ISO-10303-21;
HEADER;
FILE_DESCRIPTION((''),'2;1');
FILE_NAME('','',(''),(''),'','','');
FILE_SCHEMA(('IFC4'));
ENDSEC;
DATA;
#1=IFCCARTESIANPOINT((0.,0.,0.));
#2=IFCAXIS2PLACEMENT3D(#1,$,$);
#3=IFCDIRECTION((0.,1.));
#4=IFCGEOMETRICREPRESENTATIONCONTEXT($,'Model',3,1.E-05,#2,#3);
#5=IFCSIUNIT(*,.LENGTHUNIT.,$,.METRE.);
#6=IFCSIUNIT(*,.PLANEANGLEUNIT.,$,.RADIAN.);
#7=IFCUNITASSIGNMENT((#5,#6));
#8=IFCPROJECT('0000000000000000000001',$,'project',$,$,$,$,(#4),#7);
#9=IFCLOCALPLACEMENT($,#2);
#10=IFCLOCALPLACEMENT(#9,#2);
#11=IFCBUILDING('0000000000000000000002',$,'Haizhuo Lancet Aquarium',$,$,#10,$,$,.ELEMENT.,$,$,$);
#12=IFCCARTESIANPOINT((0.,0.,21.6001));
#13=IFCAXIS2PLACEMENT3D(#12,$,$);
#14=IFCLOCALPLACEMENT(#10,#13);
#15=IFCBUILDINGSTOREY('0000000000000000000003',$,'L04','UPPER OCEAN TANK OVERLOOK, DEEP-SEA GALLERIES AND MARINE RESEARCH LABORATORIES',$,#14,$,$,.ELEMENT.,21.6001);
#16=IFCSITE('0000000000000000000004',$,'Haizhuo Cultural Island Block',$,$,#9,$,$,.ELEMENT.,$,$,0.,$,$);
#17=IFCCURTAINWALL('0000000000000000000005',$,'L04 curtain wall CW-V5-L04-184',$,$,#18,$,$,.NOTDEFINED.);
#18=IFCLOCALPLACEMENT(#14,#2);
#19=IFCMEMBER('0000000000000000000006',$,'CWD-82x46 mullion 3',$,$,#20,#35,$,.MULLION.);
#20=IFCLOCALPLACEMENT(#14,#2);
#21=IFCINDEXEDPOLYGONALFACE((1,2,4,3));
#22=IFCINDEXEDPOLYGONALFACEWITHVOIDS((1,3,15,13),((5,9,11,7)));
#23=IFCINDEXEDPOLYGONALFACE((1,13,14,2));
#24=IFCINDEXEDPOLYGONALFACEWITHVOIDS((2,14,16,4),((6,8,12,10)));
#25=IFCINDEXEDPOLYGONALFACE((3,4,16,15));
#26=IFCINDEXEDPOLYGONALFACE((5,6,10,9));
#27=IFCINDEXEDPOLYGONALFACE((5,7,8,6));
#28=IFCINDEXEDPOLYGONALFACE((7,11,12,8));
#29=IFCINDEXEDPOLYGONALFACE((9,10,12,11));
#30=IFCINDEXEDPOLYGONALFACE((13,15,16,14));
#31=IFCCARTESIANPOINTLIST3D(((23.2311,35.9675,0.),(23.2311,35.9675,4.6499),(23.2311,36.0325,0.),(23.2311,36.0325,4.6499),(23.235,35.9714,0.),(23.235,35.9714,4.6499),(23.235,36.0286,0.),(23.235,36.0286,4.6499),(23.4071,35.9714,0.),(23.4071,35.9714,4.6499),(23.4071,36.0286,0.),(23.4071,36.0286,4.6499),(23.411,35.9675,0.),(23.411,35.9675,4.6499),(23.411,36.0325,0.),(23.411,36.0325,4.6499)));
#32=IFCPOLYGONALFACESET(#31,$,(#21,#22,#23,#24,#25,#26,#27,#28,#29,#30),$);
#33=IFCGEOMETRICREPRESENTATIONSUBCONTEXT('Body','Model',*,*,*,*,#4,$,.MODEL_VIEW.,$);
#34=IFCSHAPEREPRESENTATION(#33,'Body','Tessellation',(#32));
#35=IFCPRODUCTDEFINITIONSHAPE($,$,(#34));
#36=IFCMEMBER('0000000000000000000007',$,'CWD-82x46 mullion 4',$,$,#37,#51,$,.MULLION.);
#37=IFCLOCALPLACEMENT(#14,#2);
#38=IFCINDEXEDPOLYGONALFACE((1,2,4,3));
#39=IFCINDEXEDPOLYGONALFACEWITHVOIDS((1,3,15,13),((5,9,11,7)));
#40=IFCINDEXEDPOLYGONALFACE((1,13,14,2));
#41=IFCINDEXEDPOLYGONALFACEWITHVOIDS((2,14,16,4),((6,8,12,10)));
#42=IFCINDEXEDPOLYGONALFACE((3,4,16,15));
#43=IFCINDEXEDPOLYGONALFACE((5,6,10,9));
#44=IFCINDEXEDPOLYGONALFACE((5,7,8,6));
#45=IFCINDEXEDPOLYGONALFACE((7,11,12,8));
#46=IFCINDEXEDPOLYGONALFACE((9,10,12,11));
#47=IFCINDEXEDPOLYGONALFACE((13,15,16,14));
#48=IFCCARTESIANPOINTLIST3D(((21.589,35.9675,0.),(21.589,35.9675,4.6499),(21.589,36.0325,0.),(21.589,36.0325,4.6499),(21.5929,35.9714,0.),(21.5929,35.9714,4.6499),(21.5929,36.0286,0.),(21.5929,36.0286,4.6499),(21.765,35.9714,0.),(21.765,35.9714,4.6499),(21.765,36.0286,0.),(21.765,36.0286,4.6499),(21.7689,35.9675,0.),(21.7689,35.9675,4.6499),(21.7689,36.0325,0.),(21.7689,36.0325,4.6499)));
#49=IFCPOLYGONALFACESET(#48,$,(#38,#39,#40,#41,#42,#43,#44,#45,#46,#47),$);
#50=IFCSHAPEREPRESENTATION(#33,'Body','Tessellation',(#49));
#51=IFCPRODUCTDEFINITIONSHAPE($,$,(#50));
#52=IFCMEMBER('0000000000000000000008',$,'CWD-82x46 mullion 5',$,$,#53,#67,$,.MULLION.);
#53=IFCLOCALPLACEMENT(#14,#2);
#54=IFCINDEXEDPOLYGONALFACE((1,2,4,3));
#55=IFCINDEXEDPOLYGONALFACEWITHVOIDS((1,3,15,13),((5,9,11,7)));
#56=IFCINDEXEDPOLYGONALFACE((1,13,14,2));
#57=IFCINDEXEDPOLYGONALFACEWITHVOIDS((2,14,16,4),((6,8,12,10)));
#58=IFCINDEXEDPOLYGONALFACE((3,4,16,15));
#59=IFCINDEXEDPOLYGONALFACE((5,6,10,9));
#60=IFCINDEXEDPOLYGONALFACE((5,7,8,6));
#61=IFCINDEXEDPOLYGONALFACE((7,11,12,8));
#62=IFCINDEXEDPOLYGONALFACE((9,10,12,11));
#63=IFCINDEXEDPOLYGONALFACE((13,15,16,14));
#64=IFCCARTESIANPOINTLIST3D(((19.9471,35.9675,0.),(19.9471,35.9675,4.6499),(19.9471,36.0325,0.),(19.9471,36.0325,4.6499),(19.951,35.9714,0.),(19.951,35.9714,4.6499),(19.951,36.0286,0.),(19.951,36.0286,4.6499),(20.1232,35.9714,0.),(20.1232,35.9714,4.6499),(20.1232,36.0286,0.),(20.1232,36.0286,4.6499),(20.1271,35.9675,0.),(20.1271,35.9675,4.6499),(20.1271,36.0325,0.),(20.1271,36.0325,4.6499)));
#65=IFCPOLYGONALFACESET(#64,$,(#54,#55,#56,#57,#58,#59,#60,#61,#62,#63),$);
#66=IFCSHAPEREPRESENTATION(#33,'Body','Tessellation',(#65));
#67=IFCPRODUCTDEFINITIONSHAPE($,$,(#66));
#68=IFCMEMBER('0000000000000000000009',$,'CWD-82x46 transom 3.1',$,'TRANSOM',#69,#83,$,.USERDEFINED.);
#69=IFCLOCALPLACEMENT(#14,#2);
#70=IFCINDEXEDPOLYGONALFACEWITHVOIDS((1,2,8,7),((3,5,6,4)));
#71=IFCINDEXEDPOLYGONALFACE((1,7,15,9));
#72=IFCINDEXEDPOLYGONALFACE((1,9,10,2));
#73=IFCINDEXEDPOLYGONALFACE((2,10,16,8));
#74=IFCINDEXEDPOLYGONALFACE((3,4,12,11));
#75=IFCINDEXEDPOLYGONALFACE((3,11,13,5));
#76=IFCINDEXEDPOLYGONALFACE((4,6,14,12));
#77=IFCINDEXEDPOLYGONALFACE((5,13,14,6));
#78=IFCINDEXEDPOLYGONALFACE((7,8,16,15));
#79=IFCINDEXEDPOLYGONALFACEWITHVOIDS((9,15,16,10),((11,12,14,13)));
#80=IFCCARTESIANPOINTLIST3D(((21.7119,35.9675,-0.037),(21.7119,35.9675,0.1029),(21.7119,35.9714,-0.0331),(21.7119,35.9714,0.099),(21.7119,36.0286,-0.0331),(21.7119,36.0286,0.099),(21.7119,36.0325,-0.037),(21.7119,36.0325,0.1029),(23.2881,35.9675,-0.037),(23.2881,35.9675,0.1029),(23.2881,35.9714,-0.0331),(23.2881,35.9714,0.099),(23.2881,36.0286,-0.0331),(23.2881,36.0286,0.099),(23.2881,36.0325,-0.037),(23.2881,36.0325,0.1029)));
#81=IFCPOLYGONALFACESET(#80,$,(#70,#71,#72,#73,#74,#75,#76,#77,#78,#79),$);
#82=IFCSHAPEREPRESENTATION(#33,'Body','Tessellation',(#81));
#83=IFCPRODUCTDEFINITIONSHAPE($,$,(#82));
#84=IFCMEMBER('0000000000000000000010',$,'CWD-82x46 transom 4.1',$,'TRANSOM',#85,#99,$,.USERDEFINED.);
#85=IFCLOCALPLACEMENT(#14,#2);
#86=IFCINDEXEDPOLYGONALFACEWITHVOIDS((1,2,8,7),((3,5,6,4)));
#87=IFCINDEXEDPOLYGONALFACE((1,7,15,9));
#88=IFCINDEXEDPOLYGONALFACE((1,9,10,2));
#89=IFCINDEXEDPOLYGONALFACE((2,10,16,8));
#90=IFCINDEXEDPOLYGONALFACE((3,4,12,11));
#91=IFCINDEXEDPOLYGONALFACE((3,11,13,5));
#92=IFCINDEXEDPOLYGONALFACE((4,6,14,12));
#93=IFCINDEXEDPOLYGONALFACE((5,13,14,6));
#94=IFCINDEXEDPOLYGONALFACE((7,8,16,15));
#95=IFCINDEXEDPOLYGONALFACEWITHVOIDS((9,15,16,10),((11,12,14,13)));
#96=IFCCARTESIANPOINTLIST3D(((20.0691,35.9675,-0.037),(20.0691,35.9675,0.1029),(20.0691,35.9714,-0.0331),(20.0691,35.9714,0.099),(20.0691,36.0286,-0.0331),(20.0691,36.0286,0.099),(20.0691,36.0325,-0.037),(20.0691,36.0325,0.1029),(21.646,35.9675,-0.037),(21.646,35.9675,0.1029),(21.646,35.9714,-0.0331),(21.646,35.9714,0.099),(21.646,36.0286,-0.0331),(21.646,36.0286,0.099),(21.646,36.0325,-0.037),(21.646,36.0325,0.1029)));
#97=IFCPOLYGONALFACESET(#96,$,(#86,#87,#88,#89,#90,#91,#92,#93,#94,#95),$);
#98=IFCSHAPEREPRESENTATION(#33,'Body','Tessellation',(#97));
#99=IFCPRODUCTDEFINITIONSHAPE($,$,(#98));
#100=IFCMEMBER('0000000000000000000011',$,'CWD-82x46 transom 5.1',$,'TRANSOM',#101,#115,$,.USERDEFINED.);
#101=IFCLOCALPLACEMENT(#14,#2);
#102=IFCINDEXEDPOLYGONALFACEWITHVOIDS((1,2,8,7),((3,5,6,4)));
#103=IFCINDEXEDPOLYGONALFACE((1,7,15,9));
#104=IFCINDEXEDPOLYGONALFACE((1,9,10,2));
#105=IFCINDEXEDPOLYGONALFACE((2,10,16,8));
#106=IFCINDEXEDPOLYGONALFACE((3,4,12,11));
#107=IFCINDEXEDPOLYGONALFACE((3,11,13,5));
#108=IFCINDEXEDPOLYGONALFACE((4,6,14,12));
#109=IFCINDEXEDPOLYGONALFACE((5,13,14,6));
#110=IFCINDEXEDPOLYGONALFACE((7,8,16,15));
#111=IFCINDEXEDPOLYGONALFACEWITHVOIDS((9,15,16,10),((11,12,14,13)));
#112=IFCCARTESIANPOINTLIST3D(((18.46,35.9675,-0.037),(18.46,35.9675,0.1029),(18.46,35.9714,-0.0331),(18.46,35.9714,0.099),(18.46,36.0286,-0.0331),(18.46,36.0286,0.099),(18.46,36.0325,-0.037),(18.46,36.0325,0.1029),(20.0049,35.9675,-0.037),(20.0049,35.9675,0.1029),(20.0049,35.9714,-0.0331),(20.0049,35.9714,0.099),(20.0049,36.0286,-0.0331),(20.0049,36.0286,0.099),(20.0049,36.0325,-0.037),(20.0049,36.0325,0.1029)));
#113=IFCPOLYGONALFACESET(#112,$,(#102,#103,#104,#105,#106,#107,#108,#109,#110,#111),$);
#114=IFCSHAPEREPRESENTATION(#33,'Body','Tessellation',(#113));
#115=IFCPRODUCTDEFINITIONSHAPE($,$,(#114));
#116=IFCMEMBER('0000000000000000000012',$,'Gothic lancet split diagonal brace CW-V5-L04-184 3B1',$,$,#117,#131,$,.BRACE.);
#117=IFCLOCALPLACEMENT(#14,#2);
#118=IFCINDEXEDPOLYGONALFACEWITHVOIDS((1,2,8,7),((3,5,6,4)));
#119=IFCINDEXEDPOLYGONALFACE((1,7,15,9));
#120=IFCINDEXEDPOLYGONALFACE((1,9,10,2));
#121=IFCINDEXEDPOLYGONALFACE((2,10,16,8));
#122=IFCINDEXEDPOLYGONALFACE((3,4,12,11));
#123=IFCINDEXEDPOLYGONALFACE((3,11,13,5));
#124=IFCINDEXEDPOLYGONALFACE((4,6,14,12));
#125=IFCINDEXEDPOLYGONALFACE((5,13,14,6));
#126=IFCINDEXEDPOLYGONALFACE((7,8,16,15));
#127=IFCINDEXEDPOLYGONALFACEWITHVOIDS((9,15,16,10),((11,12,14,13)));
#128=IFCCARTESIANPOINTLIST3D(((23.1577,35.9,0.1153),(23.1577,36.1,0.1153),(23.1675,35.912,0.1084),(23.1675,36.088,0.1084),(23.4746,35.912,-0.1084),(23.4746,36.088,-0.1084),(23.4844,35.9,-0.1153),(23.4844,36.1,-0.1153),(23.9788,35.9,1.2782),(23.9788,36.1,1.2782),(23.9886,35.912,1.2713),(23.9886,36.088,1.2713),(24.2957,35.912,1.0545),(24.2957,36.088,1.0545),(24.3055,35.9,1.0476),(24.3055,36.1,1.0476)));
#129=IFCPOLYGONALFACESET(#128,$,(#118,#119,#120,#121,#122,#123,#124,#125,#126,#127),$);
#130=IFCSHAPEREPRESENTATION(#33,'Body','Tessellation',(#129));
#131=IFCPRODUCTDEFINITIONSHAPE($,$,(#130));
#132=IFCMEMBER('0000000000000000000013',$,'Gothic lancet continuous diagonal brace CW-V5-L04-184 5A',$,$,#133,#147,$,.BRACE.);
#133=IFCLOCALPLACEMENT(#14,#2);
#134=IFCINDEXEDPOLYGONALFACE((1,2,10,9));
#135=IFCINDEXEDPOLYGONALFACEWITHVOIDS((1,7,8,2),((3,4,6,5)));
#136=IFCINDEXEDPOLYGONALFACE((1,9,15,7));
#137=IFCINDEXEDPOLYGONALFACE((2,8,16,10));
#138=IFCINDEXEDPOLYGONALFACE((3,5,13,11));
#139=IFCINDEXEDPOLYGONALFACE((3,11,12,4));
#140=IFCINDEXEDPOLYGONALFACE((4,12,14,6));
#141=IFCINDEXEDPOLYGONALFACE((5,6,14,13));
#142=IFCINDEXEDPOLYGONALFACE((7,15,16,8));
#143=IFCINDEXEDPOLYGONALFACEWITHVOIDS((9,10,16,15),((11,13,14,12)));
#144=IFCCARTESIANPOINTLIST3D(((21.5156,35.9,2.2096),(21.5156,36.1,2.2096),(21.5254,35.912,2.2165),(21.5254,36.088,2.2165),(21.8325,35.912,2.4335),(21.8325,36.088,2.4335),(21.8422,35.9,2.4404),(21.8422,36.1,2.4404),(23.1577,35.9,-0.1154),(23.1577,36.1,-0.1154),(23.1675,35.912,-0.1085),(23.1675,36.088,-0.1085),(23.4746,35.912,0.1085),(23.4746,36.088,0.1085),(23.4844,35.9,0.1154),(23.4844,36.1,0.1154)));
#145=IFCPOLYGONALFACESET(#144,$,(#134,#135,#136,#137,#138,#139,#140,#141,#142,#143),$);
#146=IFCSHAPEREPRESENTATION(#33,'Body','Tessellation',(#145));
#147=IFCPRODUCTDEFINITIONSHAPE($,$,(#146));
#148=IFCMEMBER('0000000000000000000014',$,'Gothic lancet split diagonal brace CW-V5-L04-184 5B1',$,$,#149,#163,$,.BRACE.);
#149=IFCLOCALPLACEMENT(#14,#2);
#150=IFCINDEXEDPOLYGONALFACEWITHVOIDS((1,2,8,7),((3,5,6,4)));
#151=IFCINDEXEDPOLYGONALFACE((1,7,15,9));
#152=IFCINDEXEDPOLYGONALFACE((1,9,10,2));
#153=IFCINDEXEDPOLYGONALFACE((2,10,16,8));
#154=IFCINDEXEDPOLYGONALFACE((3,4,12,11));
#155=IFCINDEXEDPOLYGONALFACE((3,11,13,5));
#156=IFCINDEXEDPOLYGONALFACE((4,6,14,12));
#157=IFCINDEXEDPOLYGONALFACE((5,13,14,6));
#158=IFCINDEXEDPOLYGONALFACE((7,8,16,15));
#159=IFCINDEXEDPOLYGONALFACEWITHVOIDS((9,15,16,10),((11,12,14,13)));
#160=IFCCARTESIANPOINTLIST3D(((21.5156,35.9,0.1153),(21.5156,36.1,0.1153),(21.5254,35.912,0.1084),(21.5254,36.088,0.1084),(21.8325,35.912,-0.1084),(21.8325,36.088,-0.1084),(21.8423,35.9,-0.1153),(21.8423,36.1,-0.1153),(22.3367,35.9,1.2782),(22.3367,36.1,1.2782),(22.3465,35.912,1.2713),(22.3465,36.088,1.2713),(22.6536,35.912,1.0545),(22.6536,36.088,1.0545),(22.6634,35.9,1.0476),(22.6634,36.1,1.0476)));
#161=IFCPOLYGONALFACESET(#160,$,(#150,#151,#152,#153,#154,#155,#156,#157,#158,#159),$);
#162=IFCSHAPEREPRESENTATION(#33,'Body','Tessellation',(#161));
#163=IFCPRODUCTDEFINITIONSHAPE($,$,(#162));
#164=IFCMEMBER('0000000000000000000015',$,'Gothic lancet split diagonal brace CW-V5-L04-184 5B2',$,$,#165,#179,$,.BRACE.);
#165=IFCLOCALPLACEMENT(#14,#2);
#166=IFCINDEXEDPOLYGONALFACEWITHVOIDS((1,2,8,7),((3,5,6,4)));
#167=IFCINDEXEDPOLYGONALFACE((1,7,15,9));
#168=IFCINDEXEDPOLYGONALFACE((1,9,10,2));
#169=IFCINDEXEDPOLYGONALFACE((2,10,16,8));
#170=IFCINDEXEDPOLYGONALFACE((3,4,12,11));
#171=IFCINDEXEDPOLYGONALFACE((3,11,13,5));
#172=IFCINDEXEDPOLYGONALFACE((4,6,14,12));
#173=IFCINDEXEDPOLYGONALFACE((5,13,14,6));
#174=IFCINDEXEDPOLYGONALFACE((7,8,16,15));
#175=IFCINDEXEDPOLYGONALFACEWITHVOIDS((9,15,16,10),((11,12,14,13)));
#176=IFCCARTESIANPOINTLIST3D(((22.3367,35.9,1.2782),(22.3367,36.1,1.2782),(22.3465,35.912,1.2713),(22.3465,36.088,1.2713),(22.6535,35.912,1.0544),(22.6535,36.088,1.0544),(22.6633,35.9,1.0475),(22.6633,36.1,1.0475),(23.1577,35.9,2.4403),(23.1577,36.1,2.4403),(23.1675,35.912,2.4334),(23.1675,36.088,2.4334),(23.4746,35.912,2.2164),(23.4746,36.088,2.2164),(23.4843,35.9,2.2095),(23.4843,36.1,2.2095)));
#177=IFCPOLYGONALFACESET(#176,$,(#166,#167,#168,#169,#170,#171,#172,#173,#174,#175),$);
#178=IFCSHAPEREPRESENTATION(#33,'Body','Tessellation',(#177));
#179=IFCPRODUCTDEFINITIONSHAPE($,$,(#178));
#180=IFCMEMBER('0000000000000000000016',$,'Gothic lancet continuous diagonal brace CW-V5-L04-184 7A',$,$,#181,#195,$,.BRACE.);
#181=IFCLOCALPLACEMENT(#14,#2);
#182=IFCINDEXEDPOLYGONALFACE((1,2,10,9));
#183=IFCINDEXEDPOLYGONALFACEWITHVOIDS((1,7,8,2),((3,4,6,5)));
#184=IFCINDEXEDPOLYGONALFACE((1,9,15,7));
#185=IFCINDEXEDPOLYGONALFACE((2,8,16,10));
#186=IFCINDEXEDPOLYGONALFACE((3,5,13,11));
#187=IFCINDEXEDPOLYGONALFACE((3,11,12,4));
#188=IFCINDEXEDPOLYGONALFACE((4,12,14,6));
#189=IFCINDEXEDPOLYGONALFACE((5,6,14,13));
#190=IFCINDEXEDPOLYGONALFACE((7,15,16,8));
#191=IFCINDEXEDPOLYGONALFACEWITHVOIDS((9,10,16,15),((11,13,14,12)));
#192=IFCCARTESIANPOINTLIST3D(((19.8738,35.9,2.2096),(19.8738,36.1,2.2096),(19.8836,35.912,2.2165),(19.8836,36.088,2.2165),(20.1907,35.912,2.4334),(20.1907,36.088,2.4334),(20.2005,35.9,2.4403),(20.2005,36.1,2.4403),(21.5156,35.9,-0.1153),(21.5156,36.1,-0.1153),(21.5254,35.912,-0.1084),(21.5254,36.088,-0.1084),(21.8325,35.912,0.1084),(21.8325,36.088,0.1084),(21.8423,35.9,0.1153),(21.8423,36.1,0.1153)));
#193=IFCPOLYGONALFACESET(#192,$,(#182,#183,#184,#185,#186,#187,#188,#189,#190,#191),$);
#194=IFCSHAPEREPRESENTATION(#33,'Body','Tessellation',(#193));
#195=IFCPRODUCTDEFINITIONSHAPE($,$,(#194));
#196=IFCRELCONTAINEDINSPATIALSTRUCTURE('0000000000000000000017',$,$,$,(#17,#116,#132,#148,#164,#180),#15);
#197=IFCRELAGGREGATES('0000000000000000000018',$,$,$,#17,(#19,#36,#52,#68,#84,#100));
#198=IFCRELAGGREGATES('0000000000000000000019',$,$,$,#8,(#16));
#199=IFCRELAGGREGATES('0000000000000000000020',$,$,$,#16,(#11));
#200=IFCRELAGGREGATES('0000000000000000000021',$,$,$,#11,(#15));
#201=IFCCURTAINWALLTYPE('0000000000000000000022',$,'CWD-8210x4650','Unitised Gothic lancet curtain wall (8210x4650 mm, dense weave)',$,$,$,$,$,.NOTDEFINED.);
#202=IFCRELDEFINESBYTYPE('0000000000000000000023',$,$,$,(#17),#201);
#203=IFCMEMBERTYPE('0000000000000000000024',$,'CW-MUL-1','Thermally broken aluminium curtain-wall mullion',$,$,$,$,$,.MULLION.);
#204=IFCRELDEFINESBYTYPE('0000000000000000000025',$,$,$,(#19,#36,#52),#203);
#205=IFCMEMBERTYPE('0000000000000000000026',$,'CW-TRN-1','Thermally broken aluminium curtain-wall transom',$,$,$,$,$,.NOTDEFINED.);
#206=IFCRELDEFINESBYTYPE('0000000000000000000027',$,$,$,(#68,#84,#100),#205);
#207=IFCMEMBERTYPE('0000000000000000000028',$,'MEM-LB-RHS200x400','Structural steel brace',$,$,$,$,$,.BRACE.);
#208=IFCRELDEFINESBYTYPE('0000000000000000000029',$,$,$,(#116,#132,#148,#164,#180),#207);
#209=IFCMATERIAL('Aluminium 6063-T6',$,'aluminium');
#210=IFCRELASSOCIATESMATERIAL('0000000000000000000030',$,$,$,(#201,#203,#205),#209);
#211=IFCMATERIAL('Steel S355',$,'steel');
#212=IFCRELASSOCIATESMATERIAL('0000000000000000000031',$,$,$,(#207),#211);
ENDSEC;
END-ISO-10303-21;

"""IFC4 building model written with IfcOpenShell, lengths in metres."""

from ifc_helpers import new_model, si_unit, direction, frame, origin, origin_2d, place, context, subcontext, project, spatial, hollow_rectangle, extrude, material, material_profile, profile_set, type_object, element, aggregate, save


model = new_model("IFC4")

# Units and contexts
model_context = context("Model", 3, precision=1e-05, world=origin(), true_north=direction((0.0, 1.0)))
body_context = subcontext(model_context, "Body", "Model", "MODEL_VIEW")
ifc_project = project(units=[si_unit("LENGTHUNIT", "METRE"), si_unit("PLANEANGLEUNIT", "RADIAN")], contexts=[model_context])

# Site, building, storey
site_placement = place(None, origin())
site = spatial("IfcSite", under=ifc_project, at=site_placement, Name="Haizhuo Cultural Island Block", CompositionType="ELEMENT", RefElevation=0.0)
building_placement = place(site_placement, origin())
building = spatial("IfcBuilding", under=site, at=building_placement, Name="Haizhuo Lancet Aquarium", CompositionType="ELEMENT")
storey_placement = place(building_placement, frame((0.0, 0.0, 21.6001)))
storey = spatial("IfcBuildingStorey", under=building, at=storey_placement, Name="L04", Description="UPPER OCEAN TANK OVERLOOK, DEEP-SEA GALLERIES AND MARINE RESEARCH LABORATORIES", CompositionType="ELEMENT", Elevation=21.6001)

# Curtain wall, members
ifc_material_1 = material(Name="Aluminium 6063-T6", Category="aluminium")
curtain_wall_type = type_object("IfcCurtainWallType", Name="CWD-8210x4650", Description="Unitised Gothic lancet curtain wall (8210x4650 mm, dense weave)", PredefinedType="NOTDEFINED", material=ifc_material_1)
curtain_wall_placement = place(storey_placement, origin())
curtain_wall = element("IfcCurtainWall", 1, at=curtain_wall_placement, inside=storey, type_object=curtain_wall_type, Name="L04 curtain wall CW-V5-L04-184", PredefinedType="NOTDEFINED")
ifc_material_profile_1 = material_profile(ifc_material_1, hollow_rectangle(XDim=0.0649, YDim=0.1799, WallThickness=0.0039, at=origin_2d()), Name="ALU-M 65x180x4")
ifc_profile_set_1 = profile_set([ifc_material_profile_1], Name="Aluminium 6063-T6")
member_type_1 = type_object("IfcMemberType", Name="CW-MUL-1", Description="Thermally broken aluminium curtain-wall mullion", PredefinedType="MULLION", material=ifc_profile_set_1)
member_1_placement = place(storey_placement, frame((23.321, 36.0, 0.0), z_axis=(0.0, 0.0, 1.0), x_axis=(0.0, -1.0, 0.0)))
member_1 = element("IfcMember", 2, at=member_1_placement, type_object=member_type_1, Name="CWD-82x46 mullion 3", PredefinedType="MULLION", context=body_context, shape_type="SweptSolid", body=[
    extrude(hollow_rectangle(XDim=0.0649, YDim=0.1799, WallThickness=0.0039, at=origin_2d()), origin(), (0.0, 0.0, 1.0), 4.6499),
])
member_2_placement = place(storey_placement, frame((21.679, 36.0, 0.0), z_axis=(0.0, 0.0, 1.0), x_axis=(0.0, -1.0, 0.0)))
member_2 = element("IfcMember", 3, at=member_2_placement, type_object=member_type_1, Name="CWD-82x46 mullion 4", PredefinedType="MULLION", context=body_context, shape_type="SweptSolid", body=[
    extrude(hollow_rectangle(XDim=0.0649, YDim=0.1799, WallThickness=0.0039, at=origin_2d()), origin(), (0.0, 0.0, 1.0), 4.6499),
])
member_3_placement = place(storey_placement, frame((20.0371, 36.0, 0.0), z_axis=(0.0, 0.0, 1.0), x_axis=(0.0, -1.0, 0.0)))
member_3 = element("IfcMember", 4, at=member_3_placement, type_object=member_type_1, Name="CWD-82x46 mullion 5", PredefinedType="MULLION", context=body_context, shape_type="SweptSolid", body=[
    extrude(hollow_rectangle(XDim=0.0649, YDim=0.1799, WallThickness=0.0039, at=origin_2d()), origin(), (0.0, 0.0, 1.0), 4.6499),
])
ifc_material_profile_2 = material_profile(ifc_material_1, hollow_rectangle(XDim=0.0649, YDim=0.1399, WallThickness=0.0039, at=origin_2d()), Name="ALU-T 65x140x4")
ifc_profile_set_2 = profile_set([ifc_material_profile_2], Name="Aluminium 6063-T6")
member_type_2 = type_object("IfcMemberType", Name="CW-TRN-1", Description="Thermally broken aluminium curtain-wall transom", PredefinedType="NOTDEFINED", material=ifc_profile_set_2)
member_4_placement = place(storey_placement, frame((23.2881, 36.0, 0.033), z_axis=(-1.0, 0.0, 0.0), x_axis=(0.0, -1.0, 0.0)))
member_4 = element("IfcMember", 5, at=member_4_placement, type_object=member_type_2, Name="CWD-82x46 transom 3.1", ObjectType="TRANSOM", PredefinedType="USERDEFINED", context=body_context, shape_type="SweptSolid", body=[
    extrude(hollow_rectangle(XDim=0.0649, YDim=0.1399, WallThickness=0.0039, at=origin_2d()), origin(), (0.0, 0.0, 1.0), 1.5762),
])
member_5_placement = place(storey_placement, frame((21.646, 36.0, 0.033), z_axis=(-1.0, 0.0, 0.0), x_axis=(0.0, -1.0, 0.0)))
member_5 = element("IfcMember", 6, at=member_5_placement, type_object=member_type_2, Name="CWD-82x46 transom 4.1", ObjectType="TRANSOM", PredefinedType="USERDEFINED", context=body_context, shape_type="SweptSolid", body=[
    extrude(hollow_rectangle(XDim=0.0649, YDim=0.1399, WallThickness=0.0039, at=origin_2d()), origin(), (0.0, 0.0, 1.0), 1.5769),
])
member_6_placement = place(storey_placement, frame((20.0049, 36.0, 0.033), z_axis=(-1.0, 0.0, 0.0), x_axis=(0.0, -1.0, 0.0)))
member_6 = element("IfcMember", 7, at=member_6_placement, type_object=member_type_2, Name="CWD-82x46 transom 5.1", ObjectType="TRANSOM", PredefinedType="USERDEFINED", context=body_context, shape_type="SweptSolid", body=[
    extrude(hollow_rectangle(XDim=0.0649, YDim=0.1399, WallThickness=0.0039, at=origin_2d()), origin(), (0.0, 0.0, 1.0), 1.5449),
])

# Members
ifc_material_2 = material(Name="Steel S355", Category="steel")
ifc_material_profile_3 = material_profile(ifc_material_2, hollow_rectangle(XDim=0.2, YDim=0.3999, WallThickness=0.012, at=origin_2d()), Name="RHS 200x400x12")
ifc_profile_set_3 = profile_set([ifc_material_profile_3], Name="Steel S355")
member_type_3 = type_object("IfcMemberType", Name="MEM-LB-RHS200x400", Description="Structural steel brace", PredefinedType="BRACE", material=ifc_profile_set_3)
member_7_placement = place(storey_placement, frame((23.321, 36.0, 0.0), z_axis=(0.576784, 0.0, 0.816897), x_axis=(0.0, 1.0, 0.0)))
element("IfcMember", 8, at=member_7_placement, inside=storey, type_object=member_type_3, Name="Gothic lancet split diagonal brace CW-V5-L04-184 3B1", PredefinedType="BRACE", context=body_context, shape_type="SweptSolid", body=[
    extrude(hollow_rectangle(XDim=0.2, YDim=0.3999, WallThickness=0.012, at=origin_2d()), origin(), (0.0, 0.0, 1.0), 1.4236),
])
member_8_placement = place(storey_placement, frame((23.321, 36.0, 0.0), z_axis=(-0.576905, 0.0, 0.816811), x_axis=(0.0, -1.0, 0.0)))
element("IfcMember", 9, at=member_8_placement, inside=storey, type_object=member_type_3, Name="Gothic lancet continuous diagonal brace CW-V5-L04-184 5A", PredefinedType="BRACE", context=body_context, shape_type="SweptSolid", body=[
    extrude(hollow_rectangle(XDim=0.2, YDim=0.3999, WallThickness=0.012, at=origin_2d()), origin(), (0.0, 0.0, 1.0), 2.8464),
])
member_9_placement = place(storey_placement, frame((21.679, 36.0, 0.0), z_axis=(0.576784, 0.0, 0.816897), x_axis=(0.0, 1.0, 0.0)))
element("IfcMember", 10, at=member_9_placement, inside=storey, type_object=member_type_3, Name="Gothic lancet split diagonal brace CW-V5-L04-184 5B1", PredefinedType="BRACE", context=body_context, shape_type="SweptSolid", body=[
    extrude(hollow_rectangle(XDim=0.2, YDim=0.3999, WallThickness=0.012, at=origin_2d()), origin(), (0.0, 0.0, 1.0), 1.4236),
])
member_10_placement = place(storey_placement, frame((22.5, 36.0, 1.1628), z_axis=(0.577027, 0.0, 0.816725), x_axis=(0.0, 1.0, 0.0)))
element("IfcMember", 11, at=member_10_placement, inside=storey, type_object=member_type_3, Name="Gothic lancet split diagonal brace CW-V5-L04-184 5B2", PredefinedType="BRACE", context=body_context, shape_type="SweptSolid", body=[
    extrude(hollow_rectangle(XDim=0.2, YDim=0.3999, WallThickness=0.012, at=origin_2d()), origin(), (0.0, 0.0, 1.0), 1.4229),
])
member_11_placement = place(storey_placement, frame((21.679, 36.0, 0.0), z_axis=(-0.576848, 0.0, 0.816851), x_axis=(0.0, -1.0, 0.0)))
element("IfcMember", 12, at=member_11_placement, inside=storey, type_object=member_type_3, Name="Gothic lancet continuous diagonal brace CW-V5-L04-184 7A", PredefinedType="BRACE", context=body_context, shape_type="SweptSolid", body=[
    extrude(hollow_rectangle(XDim=0.2, YDim=0.3999, WallThickness=0.012, at=origin_2d()), origin(), (0.0, 0.0, 1.0), 2.8462),
])

aggregate(curtain_wall, [member_1, member_2, member_3, member_4, member_5, member_6])

save(model, "model.ifc")
